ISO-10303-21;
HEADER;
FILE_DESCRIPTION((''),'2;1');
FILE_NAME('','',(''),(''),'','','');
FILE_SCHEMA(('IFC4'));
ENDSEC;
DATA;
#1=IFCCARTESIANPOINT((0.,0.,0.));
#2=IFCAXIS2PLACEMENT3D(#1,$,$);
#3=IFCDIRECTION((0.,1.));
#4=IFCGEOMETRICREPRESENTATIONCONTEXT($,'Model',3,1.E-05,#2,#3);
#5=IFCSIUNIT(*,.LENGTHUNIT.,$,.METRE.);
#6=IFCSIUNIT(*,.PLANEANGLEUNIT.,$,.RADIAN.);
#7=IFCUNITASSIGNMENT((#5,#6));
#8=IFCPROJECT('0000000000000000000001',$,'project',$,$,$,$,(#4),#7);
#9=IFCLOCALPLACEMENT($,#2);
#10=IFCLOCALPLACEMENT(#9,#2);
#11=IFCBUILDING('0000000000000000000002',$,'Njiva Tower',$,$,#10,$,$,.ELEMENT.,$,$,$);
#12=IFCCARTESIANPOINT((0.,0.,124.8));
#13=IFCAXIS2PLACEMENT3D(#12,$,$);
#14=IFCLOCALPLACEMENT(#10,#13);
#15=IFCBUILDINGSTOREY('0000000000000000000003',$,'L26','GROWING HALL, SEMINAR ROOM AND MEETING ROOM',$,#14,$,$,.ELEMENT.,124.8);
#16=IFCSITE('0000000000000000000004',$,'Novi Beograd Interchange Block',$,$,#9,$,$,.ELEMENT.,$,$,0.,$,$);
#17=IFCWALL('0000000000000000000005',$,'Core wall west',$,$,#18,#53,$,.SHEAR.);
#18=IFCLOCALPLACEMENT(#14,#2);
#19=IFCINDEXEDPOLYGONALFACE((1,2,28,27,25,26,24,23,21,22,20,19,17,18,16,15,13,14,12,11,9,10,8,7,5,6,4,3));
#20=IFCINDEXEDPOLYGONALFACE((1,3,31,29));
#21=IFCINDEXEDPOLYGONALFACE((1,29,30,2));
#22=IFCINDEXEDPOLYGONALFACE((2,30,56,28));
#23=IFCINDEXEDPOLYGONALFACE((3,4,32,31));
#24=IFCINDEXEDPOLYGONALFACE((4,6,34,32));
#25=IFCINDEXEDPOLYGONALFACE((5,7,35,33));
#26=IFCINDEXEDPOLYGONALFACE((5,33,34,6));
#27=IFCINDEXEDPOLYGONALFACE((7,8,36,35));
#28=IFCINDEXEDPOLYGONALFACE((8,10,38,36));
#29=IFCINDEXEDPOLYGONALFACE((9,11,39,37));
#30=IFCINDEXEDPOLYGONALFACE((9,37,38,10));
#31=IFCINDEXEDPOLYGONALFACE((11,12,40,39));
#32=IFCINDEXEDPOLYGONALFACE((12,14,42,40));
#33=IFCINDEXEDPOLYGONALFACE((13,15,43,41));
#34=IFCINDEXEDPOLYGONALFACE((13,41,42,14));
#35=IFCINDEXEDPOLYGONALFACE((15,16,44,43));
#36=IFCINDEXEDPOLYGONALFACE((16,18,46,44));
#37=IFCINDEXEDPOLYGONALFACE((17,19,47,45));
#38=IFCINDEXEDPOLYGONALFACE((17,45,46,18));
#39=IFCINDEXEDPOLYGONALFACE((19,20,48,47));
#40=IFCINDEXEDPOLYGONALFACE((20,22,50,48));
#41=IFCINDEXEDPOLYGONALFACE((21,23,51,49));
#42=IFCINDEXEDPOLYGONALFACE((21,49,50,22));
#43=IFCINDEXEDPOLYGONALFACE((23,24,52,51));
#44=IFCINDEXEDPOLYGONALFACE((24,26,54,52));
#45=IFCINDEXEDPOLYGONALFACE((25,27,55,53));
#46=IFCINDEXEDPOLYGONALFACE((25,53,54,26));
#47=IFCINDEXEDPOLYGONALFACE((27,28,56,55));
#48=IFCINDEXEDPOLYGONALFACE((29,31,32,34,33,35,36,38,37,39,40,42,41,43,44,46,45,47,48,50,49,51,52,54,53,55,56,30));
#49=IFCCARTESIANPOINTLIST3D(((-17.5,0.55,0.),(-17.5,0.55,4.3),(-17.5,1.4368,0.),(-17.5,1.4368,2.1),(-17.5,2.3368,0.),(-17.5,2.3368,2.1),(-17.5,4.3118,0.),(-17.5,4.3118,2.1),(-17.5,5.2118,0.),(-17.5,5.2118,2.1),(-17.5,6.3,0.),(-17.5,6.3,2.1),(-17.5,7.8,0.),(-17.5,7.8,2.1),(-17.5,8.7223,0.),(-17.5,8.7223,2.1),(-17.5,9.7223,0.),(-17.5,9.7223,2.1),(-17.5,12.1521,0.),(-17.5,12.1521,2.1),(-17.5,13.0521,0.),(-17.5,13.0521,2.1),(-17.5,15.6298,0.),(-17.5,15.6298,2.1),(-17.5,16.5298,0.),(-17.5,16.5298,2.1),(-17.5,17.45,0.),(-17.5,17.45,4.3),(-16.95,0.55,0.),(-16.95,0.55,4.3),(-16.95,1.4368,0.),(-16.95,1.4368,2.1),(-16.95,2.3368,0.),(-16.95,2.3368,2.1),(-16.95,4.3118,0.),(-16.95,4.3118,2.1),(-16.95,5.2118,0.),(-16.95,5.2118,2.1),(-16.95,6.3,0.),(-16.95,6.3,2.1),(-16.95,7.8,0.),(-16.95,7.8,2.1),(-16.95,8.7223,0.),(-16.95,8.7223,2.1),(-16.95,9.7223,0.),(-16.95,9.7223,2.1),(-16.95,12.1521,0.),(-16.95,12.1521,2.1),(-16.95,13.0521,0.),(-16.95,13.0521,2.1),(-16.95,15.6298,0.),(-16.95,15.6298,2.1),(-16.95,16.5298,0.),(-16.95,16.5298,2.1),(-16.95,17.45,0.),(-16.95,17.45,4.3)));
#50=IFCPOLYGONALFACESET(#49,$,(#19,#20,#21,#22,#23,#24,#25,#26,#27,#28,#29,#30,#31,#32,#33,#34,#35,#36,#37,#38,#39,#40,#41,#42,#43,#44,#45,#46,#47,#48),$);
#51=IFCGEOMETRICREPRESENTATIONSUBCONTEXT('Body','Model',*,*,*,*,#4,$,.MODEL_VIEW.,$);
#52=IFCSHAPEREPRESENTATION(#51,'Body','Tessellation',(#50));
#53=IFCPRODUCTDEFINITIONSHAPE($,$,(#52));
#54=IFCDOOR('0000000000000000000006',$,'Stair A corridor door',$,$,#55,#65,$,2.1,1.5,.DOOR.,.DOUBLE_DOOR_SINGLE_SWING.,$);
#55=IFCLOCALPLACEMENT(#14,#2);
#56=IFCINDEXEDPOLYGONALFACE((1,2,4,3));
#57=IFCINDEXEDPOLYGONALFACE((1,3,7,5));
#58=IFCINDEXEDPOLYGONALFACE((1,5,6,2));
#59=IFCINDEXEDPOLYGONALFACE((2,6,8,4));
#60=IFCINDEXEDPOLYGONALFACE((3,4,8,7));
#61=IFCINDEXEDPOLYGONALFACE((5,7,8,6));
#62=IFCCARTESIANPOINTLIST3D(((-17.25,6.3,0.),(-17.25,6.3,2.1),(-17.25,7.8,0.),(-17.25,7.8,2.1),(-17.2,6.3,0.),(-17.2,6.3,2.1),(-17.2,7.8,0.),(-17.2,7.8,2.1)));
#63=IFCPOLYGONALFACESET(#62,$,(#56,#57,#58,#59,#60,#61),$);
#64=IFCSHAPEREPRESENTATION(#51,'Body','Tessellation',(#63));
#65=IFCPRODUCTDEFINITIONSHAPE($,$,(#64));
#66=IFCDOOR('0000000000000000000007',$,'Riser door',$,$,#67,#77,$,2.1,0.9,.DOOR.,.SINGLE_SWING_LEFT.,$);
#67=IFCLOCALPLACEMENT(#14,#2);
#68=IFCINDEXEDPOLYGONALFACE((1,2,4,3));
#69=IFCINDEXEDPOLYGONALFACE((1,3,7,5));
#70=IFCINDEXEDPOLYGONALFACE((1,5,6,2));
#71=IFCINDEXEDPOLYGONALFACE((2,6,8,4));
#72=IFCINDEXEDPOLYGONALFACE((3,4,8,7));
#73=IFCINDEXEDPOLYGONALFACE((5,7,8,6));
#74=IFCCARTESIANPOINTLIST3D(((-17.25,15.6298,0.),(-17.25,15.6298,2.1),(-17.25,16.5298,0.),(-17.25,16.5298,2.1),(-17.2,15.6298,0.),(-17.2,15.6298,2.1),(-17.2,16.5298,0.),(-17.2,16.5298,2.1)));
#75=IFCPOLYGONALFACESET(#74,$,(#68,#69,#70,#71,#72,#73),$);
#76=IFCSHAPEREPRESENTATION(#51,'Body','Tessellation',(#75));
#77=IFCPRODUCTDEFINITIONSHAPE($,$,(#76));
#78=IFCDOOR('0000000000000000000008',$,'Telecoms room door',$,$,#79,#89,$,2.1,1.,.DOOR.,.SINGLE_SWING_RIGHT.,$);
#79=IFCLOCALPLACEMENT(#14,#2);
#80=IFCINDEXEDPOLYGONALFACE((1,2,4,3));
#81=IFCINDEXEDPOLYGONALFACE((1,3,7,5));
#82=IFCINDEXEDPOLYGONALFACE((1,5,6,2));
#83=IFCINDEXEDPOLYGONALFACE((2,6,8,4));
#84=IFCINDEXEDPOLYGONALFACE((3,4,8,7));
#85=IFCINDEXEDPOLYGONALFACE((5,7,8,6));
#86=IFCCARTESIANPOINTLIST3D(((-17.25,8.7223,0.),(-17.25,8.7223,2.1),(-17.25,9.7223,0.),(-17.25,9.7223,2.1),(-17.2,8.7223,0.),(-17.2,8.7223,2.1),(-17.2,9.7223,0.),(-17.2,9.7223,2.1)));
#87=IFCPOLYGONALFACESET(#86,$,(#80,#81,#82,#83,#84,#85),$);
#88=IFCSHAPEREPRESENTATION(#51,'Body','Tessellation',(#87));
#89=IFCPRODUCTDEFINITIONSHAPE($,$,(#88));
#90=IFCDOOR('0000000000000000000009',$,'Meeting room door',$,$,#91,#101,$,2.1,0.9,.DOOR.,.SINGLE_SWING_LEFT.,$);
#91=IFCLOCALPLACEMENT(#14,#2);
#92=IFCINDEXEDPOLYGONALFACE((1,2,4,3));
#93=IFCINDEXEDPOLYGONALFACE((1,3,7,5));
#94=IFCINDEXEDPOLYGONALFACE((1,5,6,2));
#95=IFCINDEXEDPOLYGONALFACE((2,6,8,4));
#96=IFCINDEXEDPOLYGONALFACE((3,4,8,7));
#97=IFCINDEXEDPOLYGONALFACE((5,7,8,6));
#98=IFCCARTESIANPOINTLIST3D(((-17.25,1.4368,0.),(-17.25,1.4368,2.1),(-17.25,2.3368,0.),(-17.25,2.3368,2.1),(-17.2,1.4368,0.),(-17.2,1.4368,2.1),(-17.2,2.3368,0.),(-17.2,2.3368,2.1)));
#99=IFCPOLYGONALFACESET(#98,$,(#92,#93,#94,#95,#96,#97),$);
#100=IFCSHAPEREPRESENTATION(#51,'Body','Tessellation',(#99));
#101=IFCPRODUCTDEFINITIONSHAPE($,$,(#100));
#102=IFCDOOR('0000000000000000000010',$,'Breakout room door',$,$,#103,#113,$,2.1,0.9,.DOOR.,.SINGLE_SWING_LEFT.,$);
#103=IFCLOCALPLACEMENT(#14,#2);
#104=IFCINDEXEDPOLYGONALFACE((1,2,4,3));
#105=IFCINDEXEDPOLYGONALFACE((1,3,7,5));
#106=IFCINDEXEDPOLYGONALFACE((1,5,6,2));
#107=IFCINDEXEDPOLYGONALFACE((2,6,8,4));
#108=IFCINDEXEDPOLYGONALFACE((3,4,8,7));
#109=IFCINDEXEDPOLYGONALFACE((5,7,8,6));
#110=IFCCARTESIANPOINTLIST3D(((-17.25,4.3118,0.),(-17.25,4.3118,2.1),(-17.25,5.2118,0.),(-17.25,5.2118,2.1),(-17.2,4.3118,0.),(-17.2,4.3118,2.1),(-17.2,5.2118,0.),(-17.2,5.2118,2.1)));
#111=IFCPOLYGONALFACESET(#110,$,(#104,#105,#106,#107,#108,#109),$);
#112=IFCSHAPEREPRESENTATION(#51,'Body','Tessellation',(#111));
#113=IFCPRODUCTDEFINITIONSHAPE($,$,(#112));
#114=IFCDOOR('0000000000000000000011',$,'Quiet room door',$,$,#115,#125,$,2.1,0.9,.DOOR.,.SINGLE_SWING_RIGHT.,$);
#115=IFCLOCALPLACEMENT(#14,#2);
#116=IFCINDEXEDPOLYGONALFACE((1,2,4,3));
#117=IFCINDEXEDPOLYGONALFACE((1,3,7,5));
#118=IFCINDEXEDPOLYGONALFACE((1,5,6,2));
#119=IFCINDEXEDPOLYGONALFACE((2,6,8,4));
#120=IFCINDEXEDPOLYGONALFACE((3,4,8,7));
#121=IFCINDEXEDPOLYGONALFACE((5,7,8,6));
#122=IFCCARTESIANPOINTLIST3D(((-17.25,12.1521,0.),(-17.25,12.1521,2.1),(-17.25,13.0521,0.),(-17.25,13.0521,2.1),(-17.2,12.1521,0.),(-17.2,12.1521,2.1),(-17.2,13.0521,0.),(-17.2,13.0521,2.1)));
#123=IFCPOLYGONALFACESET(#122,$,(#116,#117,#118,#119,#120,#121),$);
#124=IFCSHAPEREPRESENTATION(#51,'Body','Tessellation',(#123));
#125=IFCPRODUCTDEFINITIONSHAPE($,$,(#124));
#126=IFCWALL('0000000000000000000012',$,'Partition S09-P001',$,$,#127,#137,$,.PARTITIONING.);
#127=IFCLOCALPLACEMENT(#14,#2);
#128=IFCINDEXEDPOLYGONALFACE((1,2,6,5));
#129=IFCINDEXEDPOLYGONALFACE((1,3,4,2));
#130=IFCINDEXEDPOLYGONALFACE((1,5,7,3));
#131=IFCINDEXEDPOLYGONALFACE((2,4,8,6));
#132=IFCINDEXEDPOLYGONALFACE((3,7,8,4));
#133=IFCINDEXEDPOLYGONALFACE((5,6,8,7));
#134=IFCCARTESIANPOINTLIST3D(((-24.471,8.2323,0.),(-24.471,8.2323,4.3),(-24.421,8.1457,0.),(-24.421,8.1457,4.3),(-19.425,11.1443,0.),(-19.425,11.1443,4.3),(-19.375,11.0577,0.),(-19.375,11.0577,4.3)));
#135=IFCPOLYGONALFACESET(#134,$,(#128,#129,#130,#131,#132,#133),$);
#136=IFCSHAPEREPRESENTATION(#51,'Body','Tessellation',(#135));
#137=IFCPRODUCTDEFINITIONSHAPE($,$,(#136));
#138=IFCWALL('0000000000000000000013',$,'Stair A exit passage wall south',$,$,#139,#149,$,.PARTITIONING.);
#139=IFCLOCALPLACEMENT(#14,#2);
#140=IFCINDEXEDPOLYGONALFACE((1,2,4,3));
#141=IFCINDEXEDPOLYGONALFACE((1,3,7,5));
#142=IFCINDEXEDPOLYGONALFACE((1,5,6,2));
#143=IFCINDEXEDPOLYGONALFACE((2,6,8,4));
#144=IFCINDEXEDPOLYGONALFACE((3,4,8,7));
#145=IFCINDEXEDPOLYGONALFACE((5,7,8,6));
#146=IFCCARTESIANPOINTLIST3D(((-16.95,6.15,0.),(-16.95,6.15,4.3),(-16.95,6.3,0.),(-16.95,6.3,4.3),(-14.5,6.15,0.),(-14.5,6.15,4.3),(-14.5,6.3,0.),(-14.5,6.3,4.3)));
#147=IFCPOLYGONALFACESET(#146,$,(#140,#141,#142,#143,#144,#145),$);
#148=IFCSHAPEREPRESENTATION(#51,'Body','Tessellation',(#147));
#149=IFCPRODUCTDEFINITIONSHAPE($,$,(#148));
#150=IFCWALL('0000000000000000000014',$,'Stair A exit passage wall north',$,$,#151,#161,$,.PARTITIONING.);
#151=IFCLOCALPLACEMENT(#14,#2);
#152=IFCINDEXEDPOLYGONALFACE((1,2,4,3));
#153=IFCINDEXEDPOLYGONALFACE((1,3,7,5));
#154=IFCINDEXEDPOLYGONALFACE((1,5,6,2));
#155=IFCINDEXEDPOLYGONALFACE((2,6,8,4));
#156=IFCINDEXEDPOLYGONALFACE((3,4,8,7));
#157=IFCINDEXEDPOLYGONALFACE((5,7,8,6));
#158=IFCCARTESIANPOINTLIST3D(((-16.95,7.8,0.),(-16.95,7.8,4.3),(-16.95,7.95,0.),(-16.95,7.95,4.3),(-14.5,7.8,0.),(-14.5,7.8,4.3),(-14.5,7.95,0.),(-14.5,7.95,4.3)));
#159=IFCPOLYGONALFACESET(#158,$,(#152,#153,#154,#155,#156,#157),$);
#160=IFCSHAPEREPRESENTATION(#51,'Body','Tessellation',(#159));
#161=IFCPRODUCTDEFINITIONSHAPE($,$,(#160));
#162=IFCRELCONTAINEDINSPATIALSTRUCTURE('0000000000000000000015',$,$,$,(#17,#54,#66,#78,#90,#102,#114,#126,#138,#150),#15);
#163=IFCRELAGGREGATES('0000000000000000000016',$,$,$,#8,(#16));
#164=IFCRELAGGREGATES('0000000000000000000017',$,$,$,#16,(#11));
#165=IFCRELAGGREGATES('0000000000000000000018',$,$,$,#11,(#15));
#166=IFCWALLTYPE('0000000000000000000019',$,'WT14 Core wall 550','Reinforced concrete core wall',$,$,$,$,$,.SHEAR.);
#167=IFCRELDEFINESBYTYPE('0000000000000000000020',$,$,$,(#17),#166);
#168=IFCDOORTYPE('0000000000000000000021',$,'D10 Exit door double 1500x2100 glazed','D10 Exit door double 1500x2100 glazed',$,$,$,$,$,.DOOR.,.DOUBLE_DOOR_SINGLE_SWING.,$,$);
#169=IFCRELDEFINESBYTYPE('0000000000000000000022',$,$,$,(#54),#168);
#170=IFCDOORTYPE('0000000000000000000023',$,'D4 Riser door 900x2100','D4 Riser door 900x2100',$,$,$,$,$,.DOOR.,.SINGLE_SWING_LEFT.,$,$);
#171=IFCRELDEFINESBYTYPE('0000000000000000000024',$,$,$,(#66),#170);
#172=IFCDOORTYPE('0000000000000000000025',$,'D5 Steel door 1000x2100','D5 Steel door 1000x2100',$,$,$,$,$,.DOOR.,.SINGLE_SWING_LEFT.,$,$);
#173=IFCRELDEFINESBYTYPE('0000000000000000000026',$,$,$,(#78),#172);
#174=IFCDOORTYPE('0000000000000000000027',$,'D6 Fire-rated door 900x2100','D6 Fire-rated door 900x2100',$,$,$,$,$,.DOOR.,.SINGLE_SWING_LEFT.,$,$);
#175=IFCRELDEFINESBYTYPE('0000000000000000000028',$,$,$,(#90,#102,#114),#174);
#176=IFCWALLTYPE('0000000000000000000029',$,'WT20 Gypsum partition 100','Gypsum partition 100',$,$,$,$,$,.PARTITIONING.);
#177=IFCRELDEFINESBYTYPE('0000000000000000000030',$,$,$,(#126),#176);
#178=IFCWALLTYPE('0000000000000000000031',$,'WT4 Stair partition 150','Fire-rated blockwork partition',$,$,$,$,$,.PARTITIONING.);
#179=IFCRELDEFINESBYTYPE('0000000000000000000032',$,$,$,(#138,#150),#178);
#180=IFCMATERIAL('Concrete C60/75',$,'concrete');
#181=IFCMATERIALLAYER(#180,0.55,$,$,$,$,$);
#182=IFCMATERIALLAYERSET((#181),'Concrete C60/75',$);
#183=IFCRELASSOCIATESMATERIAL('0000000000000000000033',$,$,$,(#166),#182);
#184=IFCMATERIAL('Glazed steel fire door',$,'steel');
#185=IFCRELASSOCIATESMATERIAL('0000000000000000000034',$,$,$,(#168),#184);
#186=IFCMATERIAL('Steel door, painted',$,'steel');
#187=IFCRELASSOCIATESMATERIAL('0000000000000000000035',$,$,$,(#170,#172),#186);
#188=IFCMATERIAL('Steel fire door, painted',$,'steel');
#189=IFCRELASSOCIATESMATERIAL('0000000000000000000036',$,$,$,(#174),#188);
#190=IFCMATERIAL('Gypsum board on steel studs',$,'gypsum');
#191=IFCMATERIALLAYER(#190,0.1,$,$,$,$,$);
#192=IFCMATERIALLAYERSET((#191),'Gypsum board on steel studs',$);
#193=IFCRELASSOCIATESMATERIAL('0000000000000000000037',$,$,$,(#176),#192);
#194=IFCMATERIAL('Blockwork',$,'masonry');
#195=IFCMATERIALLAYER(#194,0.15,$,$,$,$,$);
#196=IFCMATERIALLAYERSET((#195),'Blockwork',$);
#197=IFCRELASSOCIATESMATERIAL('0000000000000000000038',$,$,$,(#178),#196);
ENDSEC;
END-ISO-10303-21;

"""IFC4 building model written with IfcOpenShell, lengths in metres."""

from ifc_helpers import new_model, si_unit, direction, frame, frame_2d, origin, place, context, subcontext, project, spatial, rectangle, extrude, material, layer, layer_set, type_object, element, fill, save


model = new_model("IFC4")

# Units and contexts
model_context = context("Model", 3, precision=1e-05, world=origin(), true_north=direction((0.0, 1.0)))
body_context = subcontext(model_context, "Body", "Model", "MODEL_VIEW")
ifc_project = project(units=[si_unit("LENGTHUNIT", "METRE"), si_unit("PLANEANGLEUNIT", "RADIAN")], contexts=[model_context])

# Site, building, storey
site_placement = place(None, origin())
site = spatial("IfcSite", under=ifc_project, at=site_placement, Name="Novi Beograd Interchange Block", CompositionType="ELEMENT", RefElevation=0.0)
building_placement = place(site_placement, origin())
building = spatial("IfcBuilding", under=site, at=building_placement, Name="Njiva Tower", CompositionType="ELEMENT")
storey_placement = place(building_placement, frame((0.0, 0.0, 124.8)))
storey = spatial("IfcBuildingStorey", under=building, at=storey_placement, Name="L26", Description="GROWING HALL, SEMINAR ROOM AND MEETING ROOM", CompositionType="ELEMENT", Elevation=124.8)

# Shared definitions
ifc_material_1 = material(Name="Blockwork", Category="masonry")

# Wall, openings, doors
ifc_material_2 = material(Name="Concrete C60/75", Category="concrete")
ifc_layer_1 = layer(ifc_material_2, 0.55)
ifc_layer_set_1 = layer_set([ifc_layer_1], Name="Concrete C60/75")
wall_type_1 = type_object("IfcWallType", Name="WT14 Core wall 550", Description="Reinforced concrete core wall", PredefinedType="SHEAR", material=ifc_layer_set_1)
wall_1_placement = place(storey_placement, frame((-17.225, 0.55, 0.0), z_axis=(0.0, 0.0, 1.0), x_axis=(0.0, 1.0, 0.0)))
wall_1 = element("IfcWall", 1, at=wall_1_placement, inside=storey, type_object=wall_type_1, Name="Core wall west", PredefinedType="SHEAR", context=body_context, shape_type="SweptSolid", body=[
    extrude(rectangle(XDim=16.9, YDim=0.55, at=frame_2d((8.45, 0.0))), origin(), (0.0, 0.0, 1.0), 4.3),
])
opening_1_placement = place(wall_1_placement, frame((5.75, 0.0, 0.0)))
opening_1 = element("IfcOpeningElement", 2, at=opening_1_placement, cuts=wall_1, PredefinedType="OPENING", context=body_context, shape_type="SweptSolid", body=[
    extrude(rectangle(XDim=1.5, YDim=2.1, at=frame_2d((0.75, 1.05))), frame((0.0, 0.285, 0.0), z_axis=(0.0, -1.0, 0.0), x_axis=(1.0, 0.0, 0.0)), (0.0, 0.0, 1.0), 0.57),
])
opening_2_placement = place(wall_1_placement, frame((0.8868, 0.0, 0.0)))
opening_2 = element("IfcOpeningElement", 3, at=opening_2_placement, cuts=wall_1, PredefinedType="OPENING", context=body_context, shape_type="SweptSolid", body=[
    extrude(rectangle(XDim=0.9, YDim=2.1, at=frame_2d((0.45, 1.05))), frame((0.0, 0.285, 0.0), z_axis=(0.0, -1.0, 0.0), x_axis=(1.0, 0.0, 0.0)), (0.0, 0.0, 1.0), 0.57),
])
opening_3_placement = place(wall_1_placement, frame((3.7618, 0.0, 0.0)))
opening_3 = element("IfcOpeningElement", 4, at=opening_3_placement, cuts=wall_1, PredefinedType="OPENING", context=body_context, shape_type="SweptSolid", body=[
    extrude(rectangle(XDim=0.9, YDim=2.1, at=frame_2d((0.45, 1.05))), frame((0.0, 0.285, 0.0), z_axis=(0.0, -1.0, 0.0), x_axis=(1.0, 0.0, 0.0)), (0.0, 0.0, 1.0), 0.57),
])
opening_4_placement = place(wall_1_placement, frame((8.1723, 0.0, 0.0)))
opening_4 = element("IfcOpeningElement", 5, at=opening_4_placement, cuts=wall_1, PredefinedType="OPENING", context=body_context, shape_type="SweptSolid", body=[
    extrude(rectangle(XDim=1.0, YDim=2.1, at=frame_2d((0.5, 1.05))), frame((0.0, 0.285, 0.0), z_axis=(0.0, -1.0, 0.0), x_axis=(1.0, 0.0, 0.0)), (0.0, 0.0, 1.0), 0.57),
])
opening_5_placement = place(wall_1_placement, frame((11.6021, 0.0, 0.0)))
opening_5 = element("IfcOpeningElement", 6, at=opening_5_placement, cuts=wall_1, PredefinedType="OPENING", context=body_context, shape_type="SweptSolid", body=[
    extrude(rectangle(XDim=0.9, YDim=2.1, at=frame_2d((0.45, 1.05))), frame((0.0, 0.285, 0.0), z_axis=(0.0, -1.0, 0.0), x_axis=(1.0, 0.0, 0.0)), (0.0, 0.0, 1.0), 0.57),
])
opening_6_placement = place(wall_1_placement, frame((15.0798, 0.0, 0.0)))
opening_6 = element("IfcOpeningElement", 7, at=opening_6_placement, cuts=wall_1, PredefinedType="OPENING", context=body_context, shape_type="SweptSolid", body=[
    extrude(rectangle(XDim=0.9, YDim=2.1, at=frame_2d((0.45, 1.05))), frame((0.0, 0.285, 0.0), z_axis=(0.0, -1.0, 0.0), x_axis=(1.0, 0.0, 0.0)), (0.0, 0.0, 1.0), 0.57),
])
ifc_material_3 = material(Name="Glazed steel fire door", Category="steel")
door_type_1 = type_object("IfcDoorType", Name="D10 Exit door double 1500x2100 glazed", Description="D10 Exit door double 1500x2100 glazed", OperationType="DOUBLE_DOOR_SINGLE_SWING", PredefinedType="DOOR", material=ifc_material_3)
door_1_placement = place(opening_1_placement, origin())
door_1 = element("IfcDoor", 8, at=door_1_placement, inside=storey, type_object=door_type_1, Name="Stair A corridor door", OperationType="DOUBLE_DOOR_SINGLE_SWING", OverallHeight=2.1, OverallWidth=1.5, PredefinedType="DOOR", context=body_context, shape_type="SweptSolid", body=[
    extrude(rectangle(XDim=1.5, YDim=2.1, at=frame_2d((0.75, 1.05))), frame((0.0, 0.025, 0.0), z_axis=(0.0, -1.0, 0.0), x_axis=(1.0, 0.0, 0.0)), (0.0, 0.0, 1.0), 0.05),
])
fill(opening_1, door_1)
ifc_material_4 = material(Name="Steel door, painted", Category="steel")
door_type_2 = type_object("IfcDoorType", Name="D4 Riser door 900x2100", Description="D4 Riser door 900x2100", OperationType="SINGLE_SWING_LEFT", PredefinedType="DOOR", material=ifc_material_4)
door_2_placement = place(opening_6_placement, origin())
door_2 = element("IfcDoor", 9, at=door_2_placement, inside=storey, type_object=door_type_2, Name="Riser door", OperationType="SINGLE_SWING_LEFT", OverallHeight=2.1, OverallWidth=0.9, PredefinedType="DOOR", context=body_context, shape_type="SweptSolid", body=[
    extrude(rectangle(XDim=0.9, YDim=2.1, at=frame_2d((0.45, 1.05))), frame((0.0, 0.025, 0.0), z_axis=(0.0, -1.0, 0.0), x_axis=(1.0, 0.0, 0.0)), (0.0, 0.0, 1.0), 0.05),
])
fill(opening_6, door_2)
door_type_3 = type_object("IfcDoorType", Name="D5 Steel door 1000x2100", Description="D5 Steel door 1000x2100", OperationType="SINGLE_SWING_LEFT", PredefinedType="DOOR", material=ifc_material_4)
door_3_placement = place(opening_4_placement, origin())
door_3 = element("IfcDoor", 10, at=door_3_placement, inside=storey, type_object=door_type_3, Name="Telecoms room door", OperationType="SINGLE_SWING_RIGHT", OverallHeight=2.1, OverallWidth=1.0, PredefinedType="DOOR", context=body_context, shape_type="SweptSolid", body=[
    extrude(rectangle(XDim=1.0, YDim=2.1, at=frame_2d((0.5, 1.05))), frame((0.0, 0.025, 0.0), z_axis=(0.0, -1.0, 0.0), x_axis=(1.0, 0.0, 0.0)), (0.0, 0.0, 1.0), 0.05),
])
fill(opening_4, door_3)
ifc_material_5 = material(Name="Steel fire door, painted", Category="steel")
door_type_4 = type_object("IfcDoorType", Name="D6 Fire-rated door 900x2100", Description="D6 Fire-rated door 900x2100", OperationType="SINGLE_SWING_LEFT", PredefinedType="DOOR", material=ifc_material_5)
door_4_placement = place(opening_2_placement, origin())
door_4 = element("IfcDoor", 11, at=door_4_placement, inside=storey, type_object=door_type_4, Name="Meeting room door", OperationType="SINGLE_SWING_LEFT", OverallHeight=2.1, OverallWidth=0.9, PredefinedType="DOOR", context=body_context, shape_type="SweptSolid", body=[
    extrude(rectangle(XDim=0.9, YDim=2.1, at=frame_2d((0.45, 1.05))), frame((0.0, 0.025, 0.0), z_axis=(0.0, -1.0, 0.0), x_axis=(1.0, 0.0, 0.0)), (0.0, 0.0, 1.0), 0.05),
])
fill(opening_2, door_4)
door_5_placement = place(opening_3_placement, origin())
door_5 = element("IfcDoor", 12, at=door_5_placement, inside=storey, type_object=door_type_4, Name="Breakout room door", OperationType="SINGLE_SWING_LEFT", OverallHeight=2.1, OverallWidth=0.9, PredefinedType="DOOR", context=body_context, shape_type="SweptSolid", body=[
    extrude(rectangle(XDim=0.9, YDim=2.1, at=frame_2d((0.45, 1.05))), frame((0.0, 0.025, 0.0), z_axis=(0.0, -1.0, 0.0), x_axis=(1.0, 0.0, 0.0)), (0.0, 0.0, 1.0), 0.05),
])
fill(opening_3, door_5)
door_6_placement = place(opening_5_placement, origin())
door_6 = element("IfcDoor", 13, at=door_6_placement, inside=storey, type_object=door_type_4, Name="Quiet room door", OperationType="SINGLE_SWING_RIGHT", OverallHeight=2.1, OverallWidth=0.9, PredefinedType="DOOR", context=body_context, shape_type="SweptSolid", body=[
    extrude(rectangle(XDim=0.9, YDim=2.1, at=frame_2d((0.45, 1.05))), frame((0.0, 0.025, 0.0), z_axis=(0.0, -1.0, 0.0), x_axis=(1.0, 0.0, 0.0)), (0.0, 0.0, 1.0), 0.05),
])
fill(opening_5, door_6)

# Walls
ifc_material_6 = material(Name="Gypsum board on steel studs", Category="gypsum")
ifc_layer_2 = layer(ifc_material_6, 0.1)
ifc_layer_set_2 = layer_set([ifc_layer_2], Name="Gypsum board on steel studs")
wall_type_2 = type_object("IfcWallType", Name="WT20 Gypsum partition 100", Description="Gypsum partition 100", PredefinedType="PARTITIONING", material=ifc_layer_set_2)
wall_2_placement = place(storey_placement, frame((-24.446, 8.189, 0.0), z_axis=(0.0, 0.0, 1.0), x_axis=(0.866123, 0.499831, 0.0)))
element("IfcWall", 14, at=wall_2_placement, inside=storey, type_object=wall_type_2, Name="Partition S09-P001", PredefinedType="PARTITIONING", context=body_context, shape_type="SweptSolid", body=[
    extrude(rectangle(XDim=5.826, YDim=0.1, at=frame_2d((2.913, 0.0))), origin(), (0.0, 0.0, 1.0), 4.3),
])
ifc_layer_3 = layer(ifc_material_1, 0.15)
ifc_layer_set_3 = layer_set([ifc_layer_3], Name="Blockwork")
wall_type_3 = type_object("IfcWallType", Name="WT4 Stair partition 150", Description="Fire-rated blockwork partition", PredefinedType="PARTITIONING", material=ifc_layer_set_3)
for number, where, z_axis, x_axis, name in (
    (15, (-16.95, 6.225, 0.0), (0.0, 0.0, 1.0), (1.0, 0.0, 0.0), "Stair A exit passage wall south"),
    (16, (-16.95, 7.875, 0.0), (0.0, 0.0, 1.0), (1.0, 0.0, 0.0), "Stair A exit passage wall north"),
):
    element("IfcWall", number, at=place(storey_placement, frame(where, z_axis=z_axis, x_axis=x_axis)), inside=storey, type_object=wall_type_3, Name=name, PredefinedType="PARTITIONING", context=body_context, shape_type="SweptSolid", body=[
        extrude(rectangle(XDim=2.45, YDim=0.15, at=frame_2d((1.225, 0.0))), origin(), (0.0, 0.0, 1.0), 4.3),
    ])

save(model, "model.ifc")
